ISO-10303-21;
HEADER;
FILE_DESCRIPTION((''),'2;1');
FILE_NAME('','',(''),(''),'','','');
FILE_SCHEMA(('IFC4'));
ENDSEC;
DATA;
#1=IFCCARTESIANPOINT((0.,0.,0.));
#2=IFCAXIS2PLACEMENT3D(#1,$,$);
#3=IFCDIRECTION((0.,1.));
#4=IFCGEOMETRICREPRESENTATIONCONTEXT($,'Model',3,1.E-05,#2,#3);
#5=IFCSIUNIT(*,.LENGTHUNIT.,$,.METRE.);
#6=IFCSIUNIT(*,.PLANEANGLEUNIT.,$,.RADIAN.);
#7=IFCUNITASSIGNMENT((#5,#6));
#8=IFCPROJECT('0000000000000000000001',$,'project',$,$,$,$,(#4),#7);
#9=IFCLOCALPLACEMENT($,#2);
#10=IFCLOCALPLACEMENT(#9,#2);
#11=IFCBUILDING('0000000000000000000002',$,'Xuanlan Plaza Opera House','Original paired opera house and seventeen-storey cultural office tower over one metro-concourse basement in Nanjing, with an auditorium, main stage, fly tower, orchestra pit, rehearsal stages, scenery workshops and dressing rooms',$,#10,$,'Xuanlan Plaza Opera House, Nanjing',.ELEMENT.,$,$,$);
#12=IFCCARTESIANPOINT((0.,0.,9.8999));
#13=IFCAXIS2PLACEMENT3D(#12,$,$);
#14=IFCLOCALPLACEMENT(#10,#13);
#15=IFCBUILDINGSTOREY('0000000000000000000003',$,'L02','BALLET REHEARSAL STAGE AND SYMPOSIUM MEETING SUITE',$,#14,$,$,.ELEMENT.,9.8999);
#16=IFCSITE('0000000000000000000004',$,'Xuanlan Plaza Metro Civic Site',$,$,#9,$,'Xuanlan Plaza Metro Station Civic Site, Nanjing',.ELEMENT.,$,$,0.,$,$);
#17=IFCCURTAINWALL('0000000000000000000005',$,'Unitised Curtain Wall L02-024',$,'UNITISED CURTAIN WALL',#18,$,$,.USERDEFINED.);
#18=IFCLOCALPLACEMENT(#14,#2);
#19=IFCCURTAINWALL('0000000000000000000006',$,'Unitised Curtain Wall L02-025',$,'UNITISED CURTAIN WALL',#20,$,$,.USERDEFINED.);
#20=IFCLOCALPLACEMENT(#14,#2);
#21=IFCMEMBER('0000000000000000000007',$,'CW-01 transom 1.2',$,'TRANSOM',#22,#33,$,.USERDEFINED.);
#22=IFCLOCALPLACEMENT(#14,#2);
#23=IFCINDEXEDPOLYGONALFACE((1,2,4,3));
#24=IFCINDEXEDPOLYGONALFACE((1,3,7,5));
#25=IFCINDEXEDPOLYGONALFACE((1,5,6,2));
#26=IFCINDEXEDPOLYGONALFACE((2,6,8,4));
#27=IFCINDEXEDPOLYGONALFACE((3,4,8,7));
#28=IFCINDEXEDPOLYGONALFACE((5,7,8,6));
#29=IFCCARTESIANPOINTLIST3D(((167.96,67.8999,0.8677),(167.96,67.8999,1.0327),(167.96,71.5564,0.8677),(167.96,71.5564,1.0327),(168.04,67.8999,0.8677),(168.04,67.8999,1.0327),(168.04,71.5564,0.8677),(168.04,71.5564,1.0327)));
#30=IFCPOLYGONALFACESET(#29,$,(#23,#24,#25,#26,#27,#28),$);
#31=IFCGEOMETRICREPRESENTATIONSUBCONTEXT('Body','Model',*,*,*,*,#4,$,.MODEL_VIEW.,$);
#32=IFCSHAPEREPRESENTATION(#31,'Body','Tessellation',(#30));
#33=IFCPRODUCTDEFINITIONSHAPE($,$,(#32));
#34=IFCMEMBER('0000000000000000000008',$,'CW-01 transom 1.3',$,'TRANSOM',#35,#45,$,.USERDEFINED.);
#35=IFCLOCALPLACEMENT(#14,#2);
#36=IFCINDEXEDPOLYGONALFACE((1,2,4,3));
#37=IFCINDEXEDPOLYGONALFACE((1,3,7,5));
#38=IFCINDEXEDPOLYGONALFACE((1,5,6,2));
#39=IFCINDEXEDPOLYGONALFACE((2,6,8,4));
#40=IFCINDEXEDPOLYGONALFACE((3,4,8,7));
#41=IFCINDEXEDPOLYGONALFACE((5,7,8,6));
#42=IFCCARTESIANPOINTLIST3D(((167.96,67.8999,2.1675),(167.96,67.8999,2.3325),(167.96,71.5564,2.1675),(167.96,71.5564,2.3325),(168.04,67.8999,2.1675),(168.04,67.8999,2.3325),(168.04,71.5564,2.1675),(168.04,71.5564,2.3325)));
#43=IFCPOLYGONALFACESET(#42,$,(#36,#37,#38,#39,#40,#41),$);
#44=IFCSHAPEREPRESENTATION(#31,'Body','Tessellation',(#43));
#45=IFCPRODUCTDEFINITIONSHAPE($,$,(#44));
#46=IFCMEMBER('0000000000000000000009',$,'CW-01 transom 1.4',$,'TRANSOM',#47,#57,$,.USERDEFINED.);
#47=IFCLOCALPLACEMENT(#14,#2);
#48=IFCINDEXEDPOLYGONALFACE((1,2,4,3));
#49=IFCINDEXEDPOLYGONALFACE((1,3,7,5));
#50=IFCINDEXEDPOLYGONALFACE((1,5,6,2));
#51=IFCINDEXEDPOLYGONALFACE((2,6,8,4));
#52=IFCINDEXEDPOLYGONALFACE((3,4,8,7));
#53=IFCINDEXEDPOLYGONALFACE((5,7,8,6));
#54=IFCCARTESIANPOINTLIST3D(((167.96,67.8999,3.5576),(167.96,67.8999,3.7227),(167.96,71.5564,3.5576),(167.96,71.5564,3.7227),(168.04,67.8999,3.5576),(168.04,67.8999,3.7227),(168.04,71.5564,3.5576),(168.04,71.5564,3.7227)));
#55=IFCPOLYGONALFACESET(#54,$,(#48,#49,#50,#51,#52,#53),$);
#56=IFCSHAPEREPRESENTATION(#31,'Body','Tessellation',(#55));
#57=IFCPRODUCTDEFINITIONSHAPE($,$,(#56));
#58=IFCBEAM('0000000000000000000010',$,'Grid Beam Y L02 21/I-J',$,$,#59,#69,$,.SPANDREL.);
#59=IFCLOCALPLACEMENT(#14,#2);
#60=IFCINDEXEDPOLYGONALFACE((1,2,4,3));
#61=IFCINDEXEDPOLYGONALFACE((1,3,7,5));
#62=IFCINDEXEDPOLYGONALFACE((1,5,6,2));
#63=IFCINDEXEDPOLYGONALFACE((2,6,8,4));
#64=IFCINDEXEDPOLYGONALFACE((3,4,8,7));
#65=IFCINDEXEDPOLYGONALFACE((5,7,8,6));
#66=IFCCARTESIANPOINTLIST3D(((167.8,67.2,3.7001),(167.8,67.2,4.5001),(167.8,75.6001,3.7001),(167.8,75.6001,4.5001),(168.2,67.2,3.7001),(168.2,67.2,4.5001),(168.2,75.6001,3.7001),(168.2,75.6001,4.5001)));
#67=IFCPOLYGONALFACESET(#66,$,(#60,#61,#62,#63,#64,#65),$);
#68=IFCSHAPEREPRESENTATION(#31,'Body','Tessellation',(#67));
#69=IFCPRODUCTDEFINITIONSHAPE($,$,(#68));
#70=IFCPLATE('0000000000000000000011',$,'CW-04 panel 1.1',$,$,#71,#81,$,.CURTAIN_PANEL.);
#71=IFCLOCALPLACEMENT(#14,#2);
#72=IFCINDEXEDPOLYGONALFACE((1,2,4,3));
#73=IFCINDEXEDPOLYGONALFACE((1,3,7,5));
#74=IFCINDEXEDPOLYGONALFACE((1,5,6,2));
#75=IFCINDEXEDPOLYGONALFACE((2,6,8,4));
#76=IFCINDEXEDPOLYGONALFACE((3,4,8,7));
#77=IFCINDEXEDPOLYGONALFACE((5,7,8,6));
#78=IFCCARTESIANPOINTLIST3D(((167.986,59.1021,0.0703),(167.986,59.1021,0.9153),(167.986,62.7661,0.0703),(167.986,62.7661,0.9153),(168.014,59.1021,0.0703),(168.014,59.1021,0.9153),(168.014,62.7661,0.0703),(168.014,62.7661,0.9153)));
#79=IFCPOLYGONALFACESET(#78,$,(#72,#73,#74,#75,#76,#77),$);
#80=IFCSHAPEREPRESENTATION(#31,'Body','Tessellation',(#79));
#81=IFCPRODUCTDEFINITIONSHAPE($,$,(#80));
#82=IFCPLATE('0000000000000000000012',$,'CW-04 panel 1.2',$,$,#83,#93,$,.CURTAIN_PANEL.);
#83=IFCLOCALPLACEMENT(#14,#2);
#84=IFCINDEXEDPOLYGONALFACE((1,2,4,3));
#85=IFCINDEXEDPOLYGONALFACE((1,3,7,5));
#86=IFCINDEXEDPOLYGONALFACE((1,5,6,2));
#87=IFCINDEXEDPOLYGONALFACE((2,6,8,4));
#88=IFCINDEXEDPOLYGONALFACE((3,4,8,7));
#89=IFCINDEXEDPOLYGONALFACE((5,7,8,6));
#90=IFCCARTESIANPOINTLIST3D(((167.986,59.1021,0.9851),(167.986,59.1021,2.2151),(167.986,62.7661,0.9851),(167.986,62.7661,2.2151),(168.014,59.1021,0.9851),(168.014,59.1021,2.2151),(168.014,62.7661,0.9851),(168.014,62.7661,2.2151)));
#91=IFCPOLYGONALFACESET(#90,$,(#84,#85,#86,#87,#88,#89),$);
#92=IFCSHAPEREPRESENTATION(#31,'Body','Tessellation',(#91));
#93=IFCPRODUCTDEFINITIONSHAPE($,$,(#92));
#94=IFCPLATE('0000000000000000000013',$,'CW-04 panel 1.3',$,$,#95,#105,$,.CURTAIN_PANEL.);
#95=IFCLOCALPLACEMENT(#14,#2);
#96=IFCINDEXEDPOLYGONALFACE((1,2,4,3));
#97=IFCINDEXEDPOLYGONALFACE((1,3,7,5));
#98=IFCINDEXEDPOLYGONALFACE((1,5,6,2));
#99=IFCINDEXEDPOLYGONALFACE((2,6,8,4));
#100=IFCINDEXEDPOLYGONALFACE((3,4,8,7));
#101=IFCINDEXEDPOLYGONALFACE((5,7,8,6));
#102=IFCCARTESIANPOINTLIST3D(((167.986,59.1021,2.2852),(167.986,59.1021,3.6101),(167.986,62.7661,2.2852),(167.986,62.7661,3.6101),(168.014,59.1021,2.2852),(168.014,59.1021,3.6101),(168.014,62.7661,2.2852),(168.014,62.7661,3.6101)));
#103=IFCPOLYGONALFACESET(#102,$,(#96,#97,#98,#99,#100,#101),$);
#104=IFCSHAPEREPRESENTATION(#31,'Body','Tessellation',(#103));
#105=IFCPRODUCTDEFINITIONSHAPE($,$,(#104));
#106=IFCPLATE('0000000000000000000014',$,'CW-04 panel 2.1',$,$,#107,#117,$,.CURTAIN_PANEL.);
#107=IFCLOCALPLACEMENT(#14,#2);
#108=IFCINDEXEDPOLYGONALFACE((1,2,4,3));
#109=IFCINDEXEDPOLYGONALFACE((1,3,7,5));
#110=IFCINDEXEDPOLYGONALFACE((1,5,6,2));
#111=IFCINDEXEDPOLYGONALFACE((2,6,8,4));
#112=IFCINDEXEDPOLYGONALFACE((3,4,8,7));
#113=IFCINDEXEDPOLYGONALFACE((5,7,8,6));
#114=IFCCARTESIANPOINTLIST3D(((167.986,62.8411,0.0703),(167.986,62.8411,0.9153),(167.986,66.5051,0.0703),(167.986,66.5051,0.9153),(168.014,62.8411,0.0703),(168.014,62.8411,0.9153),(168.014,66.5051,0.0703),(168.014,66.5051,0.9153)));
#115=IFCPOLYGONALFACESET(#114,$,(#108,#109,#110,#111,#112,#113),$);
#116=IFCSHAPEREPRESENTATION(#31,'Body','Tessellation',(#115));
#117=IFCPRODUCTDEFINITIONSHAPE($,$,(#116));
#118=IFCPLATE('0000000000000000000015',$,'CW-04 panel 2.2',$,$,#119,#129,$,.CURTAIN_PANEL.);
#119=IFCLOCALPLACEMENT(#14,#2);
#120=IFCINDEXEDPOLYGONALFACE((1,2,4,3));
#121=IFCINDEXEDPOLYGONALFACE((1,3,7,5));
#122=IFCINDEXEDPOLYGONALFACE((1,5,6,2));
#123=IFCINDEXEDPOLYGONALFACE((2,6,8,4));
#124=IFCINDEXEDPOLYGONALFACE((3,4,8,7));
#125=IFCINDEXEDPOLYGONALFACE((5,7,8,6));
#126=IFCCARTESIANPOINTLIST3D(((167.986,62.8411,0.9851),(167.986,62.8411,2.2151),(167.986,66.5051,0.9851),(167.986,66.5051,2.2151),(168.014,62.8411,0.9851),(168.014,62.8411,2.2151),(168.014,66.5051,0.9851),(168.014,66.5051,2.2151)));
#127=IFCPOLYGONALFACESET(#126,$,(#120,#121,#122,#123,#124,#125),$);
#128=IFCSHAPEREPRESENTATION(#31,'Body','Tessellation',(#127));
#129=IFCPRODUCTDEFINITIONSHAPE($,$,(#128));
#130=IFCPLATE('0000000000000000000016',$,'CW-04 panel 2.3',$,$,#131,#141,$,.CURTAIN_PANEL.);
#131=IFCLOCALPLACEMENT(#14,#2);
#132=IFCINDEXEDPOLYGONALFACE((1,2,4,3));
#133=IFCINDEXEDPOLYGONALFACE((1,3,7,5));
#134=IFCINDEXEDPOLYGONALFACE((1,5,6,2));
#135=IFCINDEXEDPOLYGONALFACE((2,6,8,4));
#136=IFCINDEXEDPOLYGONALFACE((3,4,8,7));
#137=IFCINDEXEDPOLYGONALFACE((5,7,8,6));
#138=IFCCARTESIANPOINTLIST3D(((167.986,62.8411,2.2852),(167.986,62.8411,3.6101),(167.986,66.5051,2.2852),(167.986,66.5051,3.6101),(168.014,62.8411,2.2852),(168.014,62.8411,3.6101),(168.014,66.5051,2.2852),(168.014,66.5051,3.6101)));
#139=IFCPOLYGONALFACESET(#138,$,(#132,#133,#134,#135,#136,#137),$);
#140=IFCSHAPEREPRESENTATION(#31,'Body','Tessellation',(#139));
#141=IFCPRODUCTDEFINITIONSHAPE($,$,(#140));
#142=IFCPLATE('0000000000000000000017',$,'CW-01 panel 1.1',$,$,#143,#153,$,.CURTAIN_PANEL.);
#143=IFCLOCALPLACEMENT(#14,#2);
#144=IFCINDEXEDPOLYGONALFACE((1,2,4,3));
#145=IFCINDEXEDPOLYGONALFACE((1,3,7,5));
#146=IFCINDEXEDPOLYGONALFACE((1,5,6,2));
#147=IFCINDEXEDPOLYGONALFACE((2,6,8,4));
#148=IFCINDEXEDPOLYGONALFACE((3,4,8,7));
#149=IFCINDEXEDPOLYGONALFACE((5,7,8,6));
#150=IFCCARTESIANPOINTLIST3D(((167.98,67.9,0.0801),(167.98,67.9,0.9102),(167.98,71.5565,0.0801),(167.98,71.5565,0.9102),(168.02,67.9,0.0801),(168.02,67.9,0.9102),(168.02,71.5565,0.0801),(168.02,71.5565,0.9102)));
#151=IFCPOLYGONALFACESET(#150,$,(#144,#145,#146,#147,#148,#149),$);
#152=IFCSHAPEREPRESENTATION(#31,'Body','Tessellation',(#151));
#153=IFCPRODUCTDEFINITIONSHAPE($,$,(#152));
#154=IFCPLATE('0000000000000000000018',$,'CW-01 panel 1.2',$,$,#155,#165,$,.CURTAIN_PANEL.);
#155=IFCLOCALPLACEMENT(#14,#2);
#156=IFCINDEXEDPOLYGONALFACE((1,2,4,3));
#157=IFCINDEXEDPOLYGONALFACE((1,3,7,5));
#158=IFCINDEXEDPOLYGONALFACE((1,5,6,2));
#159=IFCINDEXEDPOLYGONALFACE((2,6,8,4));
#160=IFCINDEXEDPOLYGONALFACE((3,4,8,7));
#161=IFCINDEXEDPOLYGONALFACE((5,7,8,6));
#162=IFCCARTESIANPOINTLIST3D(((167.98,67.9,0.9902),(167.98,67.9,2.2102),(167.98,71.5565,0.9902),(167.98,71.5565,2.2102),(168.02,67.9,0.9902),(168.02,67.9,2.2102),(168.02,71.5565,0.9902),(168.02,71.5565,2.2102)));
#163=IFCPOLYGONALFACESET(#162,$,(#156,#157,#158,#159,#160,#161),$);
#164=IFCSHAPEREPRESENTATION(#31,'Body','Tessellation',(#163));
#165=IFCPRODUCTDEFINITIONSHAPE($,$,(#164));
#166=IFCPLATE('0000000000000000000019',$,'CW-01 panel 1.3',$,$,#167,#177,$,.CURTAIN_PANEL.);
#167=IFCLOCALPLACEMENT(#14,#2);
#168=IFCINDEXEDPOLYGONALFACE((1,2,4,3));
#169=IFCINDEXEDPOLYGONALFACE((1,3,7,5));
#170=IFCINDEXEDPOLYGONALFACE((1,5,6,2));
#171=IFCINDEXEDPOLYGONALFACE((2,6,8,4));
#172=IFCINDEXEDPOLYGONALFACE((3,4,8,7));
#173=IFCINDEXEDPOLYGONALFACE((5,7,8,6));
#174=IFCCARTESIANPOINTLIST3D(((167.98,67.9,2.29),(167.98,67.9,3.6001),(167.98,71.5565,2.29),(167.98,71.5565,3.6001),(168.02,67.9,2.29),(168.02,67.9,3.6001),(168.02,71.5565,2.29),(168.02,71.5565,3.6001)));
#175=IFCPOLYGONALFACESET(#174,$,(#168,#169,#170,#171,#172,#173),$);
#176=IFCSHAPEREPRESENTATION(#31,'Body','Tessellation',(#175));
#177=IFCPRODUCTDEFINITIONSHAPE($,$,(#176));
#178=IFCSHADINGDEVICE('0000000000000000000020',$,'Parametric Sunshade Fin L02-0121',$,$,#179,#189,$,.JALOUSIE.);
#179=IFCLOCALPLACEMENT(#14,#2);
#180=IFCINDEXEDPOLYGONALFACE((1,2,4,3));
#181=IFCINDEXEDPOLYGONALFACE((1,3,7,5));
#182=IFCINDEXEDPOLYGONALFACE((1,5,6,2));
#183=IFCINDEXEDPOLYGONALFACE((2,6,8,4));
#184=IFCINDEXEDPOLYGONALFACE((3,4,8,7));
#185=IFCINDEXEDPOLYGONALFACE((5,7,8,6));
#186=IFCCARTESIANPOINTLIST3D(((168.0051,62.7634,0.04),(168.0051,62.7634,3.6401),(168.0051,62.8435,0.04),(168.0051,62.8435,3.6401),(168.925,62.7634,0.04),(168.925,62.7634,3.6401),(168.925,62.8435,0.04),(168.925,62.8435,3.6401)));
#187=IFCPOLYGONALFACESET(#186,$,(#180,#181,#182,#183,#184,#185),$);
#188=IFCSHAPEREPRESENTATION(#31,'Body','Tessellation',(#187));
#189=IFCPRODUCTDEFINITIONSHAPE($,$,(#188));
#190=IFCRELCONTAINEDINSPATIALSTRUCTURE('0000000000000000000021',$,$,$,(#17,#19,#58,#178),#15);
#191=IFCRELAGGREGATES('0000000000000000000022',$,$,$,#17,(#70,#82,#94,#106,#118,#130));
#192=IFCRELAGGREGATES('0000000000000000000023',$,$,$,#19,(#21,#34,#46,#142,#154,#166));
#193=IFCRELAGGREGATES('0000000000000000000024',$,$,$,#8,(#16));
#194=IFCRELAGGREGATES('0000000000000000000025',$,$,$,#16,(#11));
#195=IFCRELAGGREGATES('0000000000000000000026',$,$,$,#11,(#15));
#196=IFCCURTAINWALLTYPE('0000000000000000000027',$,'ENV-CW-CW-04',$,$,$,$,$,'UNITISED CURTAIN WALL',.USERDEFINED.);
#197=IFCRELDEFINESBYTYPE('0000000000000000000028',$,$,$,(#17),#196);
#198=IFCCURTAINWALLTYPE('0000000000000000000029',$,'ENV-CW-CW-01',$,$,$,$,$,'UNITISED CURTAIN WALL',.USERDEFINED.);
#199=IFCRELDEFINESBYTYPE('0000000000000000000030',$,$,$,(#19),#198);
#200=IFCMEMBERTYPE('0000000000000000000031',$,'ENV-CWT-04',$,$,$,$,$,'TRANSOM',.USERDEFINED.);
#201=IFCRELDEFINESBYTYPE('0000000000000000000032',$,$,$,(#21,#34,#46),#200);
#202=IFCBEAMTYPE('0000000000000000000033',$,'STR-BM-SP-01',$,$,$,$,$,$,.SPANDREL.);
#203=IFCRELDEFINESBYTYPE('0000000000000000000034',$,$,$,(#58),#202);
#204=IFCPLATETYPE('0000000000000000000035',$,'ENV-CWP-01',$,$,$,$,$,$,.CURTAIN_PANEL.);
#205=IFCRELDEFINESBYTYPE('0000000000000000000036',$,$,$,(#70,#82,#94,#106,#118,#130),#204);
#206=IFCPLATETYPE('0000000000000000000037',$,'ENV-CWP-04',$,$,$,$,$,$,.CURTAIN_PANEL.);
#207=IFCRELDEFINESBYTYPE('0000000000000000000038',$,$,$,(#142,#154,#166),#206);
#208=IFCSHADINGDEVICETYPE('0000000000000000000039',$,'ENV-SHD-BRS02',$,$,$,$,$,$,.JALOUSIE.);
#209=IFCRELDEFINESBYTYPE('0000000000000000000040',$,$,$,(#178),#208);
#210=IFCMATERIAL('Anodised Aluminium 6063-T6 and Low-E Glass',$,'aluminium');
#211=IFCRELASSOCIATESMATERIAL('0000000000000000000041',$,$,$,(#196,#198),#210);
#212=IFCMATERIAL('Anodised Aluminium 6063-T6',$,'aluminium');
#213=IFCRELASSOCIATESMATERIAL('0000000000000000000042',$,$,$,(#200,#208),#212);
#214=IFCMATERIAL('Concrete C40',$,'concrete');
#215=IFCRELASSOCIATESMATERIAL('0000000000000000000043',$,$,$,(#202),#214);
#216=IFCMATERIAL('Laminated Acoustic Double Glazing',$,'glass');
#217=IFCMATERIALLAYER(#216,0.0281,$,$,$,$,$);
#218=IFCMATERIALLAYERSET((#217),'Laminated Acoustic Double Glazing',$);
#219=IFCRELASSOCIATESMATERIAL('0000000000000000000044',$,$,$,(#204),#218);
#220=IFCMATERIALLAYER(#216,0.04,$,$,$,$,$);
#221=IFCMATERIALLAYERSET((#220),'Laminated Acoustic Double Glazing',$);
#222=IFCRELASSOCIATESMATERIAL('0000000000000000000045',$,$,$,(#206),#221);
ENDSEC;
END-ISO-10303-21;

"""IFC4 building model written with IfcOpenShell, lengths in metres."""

from ifc_helpers import new_model, si_unit, direction, frame, origin, origin_2d, place, context, subcontext, project, spatial, rectangle, extrude, material, layer, layer_set, material_profile, profile_set, type_object, element, aggregate, save


model = new_model("IFC4")

# Units and contexts
model_context = context("Model", 3, precision=1e-05, world=origin(), true_north=direction((0.0, 1.0)))
body_context = subcontext(model_context, "Body", "Model", "MODEL_VIEW")
ifc_project = project(units=[si_unit("LENGTHUNIT", "METRE"), si_unit("PLANEANGLEUNIT", "RADIAN")], contexts=[model_context])

# Site, building, storey
site_placement = place(None, origin())
site = spatial("IfcSite", under=ifc_project, at=site_placement, Name="Xuanlan Plaza Metro Civic Site", LongName="Xuanlan Plaza Metro Station Civic Site, Nanjing", CompositionType="ELEMENT", RefElevation=0.0)
building_placement = place(site_placement, origin())
building = spatial("IfcBuilding", under=site, at=building_placement, Name="Xuanlan Plaza Opera House", Description="Original paired opera house and seventeen-storey cultural office tower over one metro-concourse basement in Nanjing, with an auditorium, main stage, fly tower, orchestra pit, rehearsal stages, scenery workshops and dressing rooms", LongName="Xuanlan Plaza Opera House, Nanjing", CompositionType="ELEMENT")
storey_placement = place(building_placement, frame((0.0, 0.0, 9.8999)))
storey = spatial("IfcBuildingStorey", under=building, at=storey_placement, Name="L02", Description="BALLET REHEARSAL STAGE AND SYMPOSIUM MEETING SUITE", CompositionType="ELEMENT", Elevation=9.8999)

# Curtain walls
ifc_material_1 = material(Name="Anodised Aluminium 6063-T6 and Low-E Glass", Category="aluminium")
curtain_wall_type_1 = type_object("IfcCurtainWallType", Name="ENV-CW-CW-04", ElementType="UNITISED CURTAIN WALL", PredefinedType="USERDEFINED", material=ifc_material_1)
curtain_wall_1_placement = place(storey_placement, origin())
curtain_wall_1 = element("IfcCurtainWall", 1, at=curtain_wall_1_placement, inside=storey, type_object=curtain_wall_type_1, Name="Unitised Curtain Wall L02-024", ObjectType="UNITISED CURTAIN WALL", PredefinedType="USERDEFINED")
ifc_material_2 = material(Name="Anodised Aluminium 6063-T6", Category="aluminium")
curtain_wall_type_2 = type_object("IfcCurtainWallType", Name="ENV-CW-CW-01", ElementType="UNITISED CURTAIN WALL", PredefinedType="USERDEFINED", material=ifc_material_1)
curtain_wall_2_placement = place(storey_placement, origin())
curtain_wall_2 = element("IfcCurtainWall", 2, at=curtain_wall_2_placement, inside=storey, type_object=curtain_wall_type_2, Name="Unitised Curtain Wall L02-025", ObjectType="UNITISED CURTAIN WALL", PredefinedType="USERDEFINED")

# Members
ifc_material_profile_1 = material_profile(ifc_material_2, rectangle(XDim=0.0801, YDim=0.165, at=origin_2d()), Name="ALU-T 80x165")
ifc_profile_set_1 = profile_set([ifc_material_profile_1], Name="Anodised Aluminium 6063-T6")
member_type_1 = type_object("IfcMemberType", Name="ENV-CWT-04", ElementType="TRANSOM", PredefinedType="USERDEFINED", material=ifc_profile_set_1)
member_1_placement = place(storey_placement, frame((168.0, 67.8999, 0.9502), z_axis=(0.0, 1.0, 0.0), x_axis=(-1.0, 0.0, 0.0)))
member_1 = element("IfcMember", 3, at=member_1_placement, type_object=member_type_1, Name="CW-01 transom 1.2", ObjectType="TRANSOM", PredefinedType="USERDEFINED", context=body_context, shape_type="SweptSolid", body=[
    extrude(rectangle(XDim=0.0801, YDim=0.165, at=origin_2d()), origin(), (0.0, 0.0, 1.0), 3.6565),
])
member_2_placement = place(storey_placement, frame((168.0, 67.8999, 2.25), z_axis=(0.0, 1.0, 0.0), x_axis=(-1.0, 0.0, 0.0)))
member_2 = element("IfcMember", 4, at=member_2_placement, type_object=member_type_1, Name="CW-01 transom 1.3", ObjectType="TRANSOM", PredefinedType="USERDEFINED", context=body_context, shape_type="SweptSolid", body=[
    extrude(rectangle(XDim=0.0801, YDim=0.165, at=origin_2d()), origin(), (0.0, 0.0, 1.0), 3.6565),
])
member_3_placement = place(storey_placement, frame((168.0, 67.8999, 3.6401), z_axis=(0.0, 1.0, 0.0), x_axis=(-1.0, 0.0, 0.0)))
member_3 = element("IfcMember", 5, at=member_3_placement, type_object=member_type_1, Name="CW-01 transom 1.4", ObjectType="TRANSOM", PredefinedType="USERDEFINED", context=body_context, shape_type="SweptSolid", body=[
    extrude(rectangle(XDim=0.0801, YDim=0.165, at=origin_2d()), origin(), (0.0, 0.0, 1.0), 3.6565),
])

# Beam
ifc_material_3 = material(Name="Concrete C40", Category="concrete")
ifc_material_profile_2 = material_profile(ifc_material_3, rectangle(XDim=0.3999, YDim=0.8, at=origin_2d()), Name="RC-SPD 400x800")
ifc_profile_set_2 = profile_set([ifc_material_profile_2], Name="Concrete C40")
beam_type = type_object("IfcBeamType", Name="STR-BM-SP-01", PredefinedType="SPANDREL", material=ifc_profile_set_2)
beam_placement = place(storey_placement, frame((168.0, 67.2, 4.1001), z_axis=(0.0, 1.0, 0.0), x_axis=(-1.0, 0.0, 0.0)))
element("IfcBeam", 6, at=beam_placement, inside=storey, type_object=beam_type, Name="Grid Beam Y L02 21/I-J", PredefinedType="SPANDREL", context=body_context, shape_type="SweptSolid", body=[
    extrude(rectangle(XDim=0.3999, YDim=0.8, at=origin_2d()), origin(), (0.0, 0.0, 1.0), 8.4001),
])

# Plates
ifc_material_4 = material(Name="Laminated Acoustic Double Glazing", Category="glass")
ifc_layer_1 = layer(ifc_material_4, 0.0281)
ifc_layer_set_1 = layer_set([ifc_layer_1], Name="Laminated Acoustic Double Glazing")
plate_type_1 = type_object("IfcPlateType", Name="ENV-CWP-01", PredefinedType="CURTAIN_PANEL", material=ifc_layer_set_1)
plate_1_placement = place(storey_placement, frame((168.0, 60.9341, 0.0703), z_axis=(0.0, 0.0, 1.0), x_axis=(0.0, 1.0, 0.0)))
plate_1 = element("IfcPlate", 7, at=plate_1_placement, type_object=plate_type_1, Name="CW-04 panel 1.1", PredefinedType="CURTAIN_PANEL", context=body_context, shape_type="SweptSolid", body=[
    extrude(rectangle(XDim=3.6641, YDim=0.0281, at=origin_2d()), origin(), (0.0, 0.0, 1.0), 0.845),
])
plate_2_placement = place(storey_placement, frame((168.0, 60.9341, 0.9851), z_axis=(0.0, 0.0, 1.0), x_axis=(0.0, 1.0, 0.0)))
plate_2 = element("IfcPlate", 8, at=plate_2_placement, type_object=plate_type_1, Name="CW-04 panel 1.2", PredefinedType="CURTAIN_PANEL", context=body_context, shape_type="SweptSolid", body=[
    extrude(rectangle(XDim=3.6641, YDim=0.0281, at=origin_2d()), origin(), (0.0, 0.0, 1.0), 1.23),
])
plate_3_placement = place(storey_placement, frame((168.0, 60.9341, 2.2852), z_axis=(0.0, 0.0, 1.0), x_axis=(0.0, 1.0, 0.0)))
plate_3 = element("IfcPlate", 9, at=plate_3_placement, type_object=plate_type_1, Name="CW-04 panel 1.3", PredefinedType="CURTAIN_PANEL", context=body_context, shape_type="SweptSolid", body=[
    extrude(rectangle(XDim=3.6641, YDim=0.0281, at=origin_2d()), origin(), (0.0, 0.0, 1.0), 1.325),
])
plate_4_placement = place(storey_placement, frame((168.0, 64.6731, 0.0703), z_axis=(0.0, 0.0, 1.0), x_axis=(0.0, 1.0, 0.0)))
plate_4 = element("IfcPlate", 10, at=plate_4_placement, type_object=plate_type_1, Name="CW-04 panel 2.1", PredefinedType="CURTAIN_PANEL", context=body_context, shape_type="SweptSolid", body=[
    extrude(rectangle(XDim=3.6641, YDim=0.0281, at=origin_2d()), origin(), (0.0, 0.0, 1.0), 0.845),
])
plate_5_placement = place(storey_placement, frame((168.0, 64.6731, 0.9851), z_axis=(0.0, 0.0, 1.0), x_axis=(0.0, 1.0, 0.0)))
plate_5 = element("IfcPlate", 11, at=plate_5_placement, type_object=plate_type_1, Name="CW-04 panel 2.2", PredefinedType="CURTAIN_PANEL", context=body_context, shape_type="SweptSolid", body=[
    extrude(rectangle(XDim=3.6641, YDim=0.0281, at=origin_2d()), origin(), (0.0, 0.0, 1.0), 1.23),
])
plate_6_placement = place(storey_placement, frame((168.0, 64.6731, 2.2852), z_axis=(0.0, 0.0, 1.0), x_axis=(0.0, 1.0, 0.0)))
plate_6 = element("IfcPlate", 12, at=plate_6_placement, type_object=plate_type_1, Name="CW-04 panel 2.3", PredefinedType="CURTAIN_PANEL", context=body_context, shape_type="SweptSolid", body=[
    extrude(rectangle(XDim=3.6641, YDim=0.0281, at=origin_2d()), origin(), (0.0, 0.0, 1.0), 1.325),
])
aggregate(curtain_wall_1, [plate_1, plate_2, plate_3, plate_4, plate_5, plate_6])
ifc_layer_2 = layer(ifc_material_4, 0.04)
ifc_layer_set_2 = layer_set([ifc_layer_2], Name="Laminated Acoustic Double Glazing")
plate_type_2 = type_object("IfcPlateType", Name="ENV-CWP-04", PredefinedType="CURTAIN_PANEL", material=ifc_layer_set_2)
plate_7_placement = place(storey_placement, frame((168.0, 69.7283, 0.0801), z_axis=(0.0, 0.0, 1.0), x_axis=(0.0, 1.0, 0.0)))
plate_7 = element("IfcPlate", 13, at=plate_7_placement, type_object=plate_type_2, Name="CW-01 panel 1.1", PredefinedType="CURTAIN_PANEL", context=body_context, shape_type="SweptSolid", body=[
    extrude(rectangle(XDim=3.6565, YDim=0.04, at=origin_2d()), origin(), (0.0, 0.0, 1.0), 0.8301),
])
plate_8_placement = place(storey_placement, frame((168.0, 69.7283, 0.9902), z_axis=(0.0, 0.0, 1.0), x_axis=(0.0, 1.0, 0.0)))
plate_8 = element("IfcPlate", 14, at=plate_8_placement, type_object=plate_type_2, Name="CW-01 panel 1.2", PredefinedType="CURTAIN_PANEL", context=body_context, shape_type="SweptSolid", body=[
    extrude(rectangle(XDim=3.6565, YDim=0.04, at=origin_2d()), origin(), (0.0, 0.0, 1.0), 1.22),
])
plate_9_placement = place(storey_placement, frame((168.0, 69.7283, 2.29), z_axis=(0.0, 0.0, 1.0), x_axis=(0.0, 1.0, 0.0)))
plate_9 = element("IfcPlate", 15, at=plate_9_placement, type_object=plate_type_2, Name="CW-01 panel 1.3", PredefinedType="CURTAIN_PANEL", context=body_context, shape_type="SweptSolid", body=[
    extrude(rectangle(XDim=3.6565, YDim=0.04, at=origin_2d()), origin(), (0.0, 0.0, 1.0), 1.3101),
])
aggregate(curtain_wall_2, [member_1, member_2, member_3, plate_7, plate_8, plate_9])

# Shading device
shading_device_type = type_object("IfcShadingDeviceType", Name="ENV-SHD-BRS02", PredefinedType="JALOUSIE", material=ifc_material_2)
shading_device_placement = place(storey_placement, frame((168.4651, 62.8035, 0.04), z_axis=(0.0, 0.0, 1.0), x_axis=(1.0, 0.0, 0.0)))
element("IfcShadingDevice", 16, at=shading_device_placement, inside=storey, type_object=shading_device_type, Name="Parametric Sunshade Fin L02-0121", PredefinedType="JALOUSIE", context=body_context, shape_type="SweptSolid", body=[
    extrude(rectangle(XDim=0.9199, YDim=0.0801, at=origin_2d()), origin(), (0.0, 0.0, 1.0), 3.6001),
])

save(model, "model.ifc")
